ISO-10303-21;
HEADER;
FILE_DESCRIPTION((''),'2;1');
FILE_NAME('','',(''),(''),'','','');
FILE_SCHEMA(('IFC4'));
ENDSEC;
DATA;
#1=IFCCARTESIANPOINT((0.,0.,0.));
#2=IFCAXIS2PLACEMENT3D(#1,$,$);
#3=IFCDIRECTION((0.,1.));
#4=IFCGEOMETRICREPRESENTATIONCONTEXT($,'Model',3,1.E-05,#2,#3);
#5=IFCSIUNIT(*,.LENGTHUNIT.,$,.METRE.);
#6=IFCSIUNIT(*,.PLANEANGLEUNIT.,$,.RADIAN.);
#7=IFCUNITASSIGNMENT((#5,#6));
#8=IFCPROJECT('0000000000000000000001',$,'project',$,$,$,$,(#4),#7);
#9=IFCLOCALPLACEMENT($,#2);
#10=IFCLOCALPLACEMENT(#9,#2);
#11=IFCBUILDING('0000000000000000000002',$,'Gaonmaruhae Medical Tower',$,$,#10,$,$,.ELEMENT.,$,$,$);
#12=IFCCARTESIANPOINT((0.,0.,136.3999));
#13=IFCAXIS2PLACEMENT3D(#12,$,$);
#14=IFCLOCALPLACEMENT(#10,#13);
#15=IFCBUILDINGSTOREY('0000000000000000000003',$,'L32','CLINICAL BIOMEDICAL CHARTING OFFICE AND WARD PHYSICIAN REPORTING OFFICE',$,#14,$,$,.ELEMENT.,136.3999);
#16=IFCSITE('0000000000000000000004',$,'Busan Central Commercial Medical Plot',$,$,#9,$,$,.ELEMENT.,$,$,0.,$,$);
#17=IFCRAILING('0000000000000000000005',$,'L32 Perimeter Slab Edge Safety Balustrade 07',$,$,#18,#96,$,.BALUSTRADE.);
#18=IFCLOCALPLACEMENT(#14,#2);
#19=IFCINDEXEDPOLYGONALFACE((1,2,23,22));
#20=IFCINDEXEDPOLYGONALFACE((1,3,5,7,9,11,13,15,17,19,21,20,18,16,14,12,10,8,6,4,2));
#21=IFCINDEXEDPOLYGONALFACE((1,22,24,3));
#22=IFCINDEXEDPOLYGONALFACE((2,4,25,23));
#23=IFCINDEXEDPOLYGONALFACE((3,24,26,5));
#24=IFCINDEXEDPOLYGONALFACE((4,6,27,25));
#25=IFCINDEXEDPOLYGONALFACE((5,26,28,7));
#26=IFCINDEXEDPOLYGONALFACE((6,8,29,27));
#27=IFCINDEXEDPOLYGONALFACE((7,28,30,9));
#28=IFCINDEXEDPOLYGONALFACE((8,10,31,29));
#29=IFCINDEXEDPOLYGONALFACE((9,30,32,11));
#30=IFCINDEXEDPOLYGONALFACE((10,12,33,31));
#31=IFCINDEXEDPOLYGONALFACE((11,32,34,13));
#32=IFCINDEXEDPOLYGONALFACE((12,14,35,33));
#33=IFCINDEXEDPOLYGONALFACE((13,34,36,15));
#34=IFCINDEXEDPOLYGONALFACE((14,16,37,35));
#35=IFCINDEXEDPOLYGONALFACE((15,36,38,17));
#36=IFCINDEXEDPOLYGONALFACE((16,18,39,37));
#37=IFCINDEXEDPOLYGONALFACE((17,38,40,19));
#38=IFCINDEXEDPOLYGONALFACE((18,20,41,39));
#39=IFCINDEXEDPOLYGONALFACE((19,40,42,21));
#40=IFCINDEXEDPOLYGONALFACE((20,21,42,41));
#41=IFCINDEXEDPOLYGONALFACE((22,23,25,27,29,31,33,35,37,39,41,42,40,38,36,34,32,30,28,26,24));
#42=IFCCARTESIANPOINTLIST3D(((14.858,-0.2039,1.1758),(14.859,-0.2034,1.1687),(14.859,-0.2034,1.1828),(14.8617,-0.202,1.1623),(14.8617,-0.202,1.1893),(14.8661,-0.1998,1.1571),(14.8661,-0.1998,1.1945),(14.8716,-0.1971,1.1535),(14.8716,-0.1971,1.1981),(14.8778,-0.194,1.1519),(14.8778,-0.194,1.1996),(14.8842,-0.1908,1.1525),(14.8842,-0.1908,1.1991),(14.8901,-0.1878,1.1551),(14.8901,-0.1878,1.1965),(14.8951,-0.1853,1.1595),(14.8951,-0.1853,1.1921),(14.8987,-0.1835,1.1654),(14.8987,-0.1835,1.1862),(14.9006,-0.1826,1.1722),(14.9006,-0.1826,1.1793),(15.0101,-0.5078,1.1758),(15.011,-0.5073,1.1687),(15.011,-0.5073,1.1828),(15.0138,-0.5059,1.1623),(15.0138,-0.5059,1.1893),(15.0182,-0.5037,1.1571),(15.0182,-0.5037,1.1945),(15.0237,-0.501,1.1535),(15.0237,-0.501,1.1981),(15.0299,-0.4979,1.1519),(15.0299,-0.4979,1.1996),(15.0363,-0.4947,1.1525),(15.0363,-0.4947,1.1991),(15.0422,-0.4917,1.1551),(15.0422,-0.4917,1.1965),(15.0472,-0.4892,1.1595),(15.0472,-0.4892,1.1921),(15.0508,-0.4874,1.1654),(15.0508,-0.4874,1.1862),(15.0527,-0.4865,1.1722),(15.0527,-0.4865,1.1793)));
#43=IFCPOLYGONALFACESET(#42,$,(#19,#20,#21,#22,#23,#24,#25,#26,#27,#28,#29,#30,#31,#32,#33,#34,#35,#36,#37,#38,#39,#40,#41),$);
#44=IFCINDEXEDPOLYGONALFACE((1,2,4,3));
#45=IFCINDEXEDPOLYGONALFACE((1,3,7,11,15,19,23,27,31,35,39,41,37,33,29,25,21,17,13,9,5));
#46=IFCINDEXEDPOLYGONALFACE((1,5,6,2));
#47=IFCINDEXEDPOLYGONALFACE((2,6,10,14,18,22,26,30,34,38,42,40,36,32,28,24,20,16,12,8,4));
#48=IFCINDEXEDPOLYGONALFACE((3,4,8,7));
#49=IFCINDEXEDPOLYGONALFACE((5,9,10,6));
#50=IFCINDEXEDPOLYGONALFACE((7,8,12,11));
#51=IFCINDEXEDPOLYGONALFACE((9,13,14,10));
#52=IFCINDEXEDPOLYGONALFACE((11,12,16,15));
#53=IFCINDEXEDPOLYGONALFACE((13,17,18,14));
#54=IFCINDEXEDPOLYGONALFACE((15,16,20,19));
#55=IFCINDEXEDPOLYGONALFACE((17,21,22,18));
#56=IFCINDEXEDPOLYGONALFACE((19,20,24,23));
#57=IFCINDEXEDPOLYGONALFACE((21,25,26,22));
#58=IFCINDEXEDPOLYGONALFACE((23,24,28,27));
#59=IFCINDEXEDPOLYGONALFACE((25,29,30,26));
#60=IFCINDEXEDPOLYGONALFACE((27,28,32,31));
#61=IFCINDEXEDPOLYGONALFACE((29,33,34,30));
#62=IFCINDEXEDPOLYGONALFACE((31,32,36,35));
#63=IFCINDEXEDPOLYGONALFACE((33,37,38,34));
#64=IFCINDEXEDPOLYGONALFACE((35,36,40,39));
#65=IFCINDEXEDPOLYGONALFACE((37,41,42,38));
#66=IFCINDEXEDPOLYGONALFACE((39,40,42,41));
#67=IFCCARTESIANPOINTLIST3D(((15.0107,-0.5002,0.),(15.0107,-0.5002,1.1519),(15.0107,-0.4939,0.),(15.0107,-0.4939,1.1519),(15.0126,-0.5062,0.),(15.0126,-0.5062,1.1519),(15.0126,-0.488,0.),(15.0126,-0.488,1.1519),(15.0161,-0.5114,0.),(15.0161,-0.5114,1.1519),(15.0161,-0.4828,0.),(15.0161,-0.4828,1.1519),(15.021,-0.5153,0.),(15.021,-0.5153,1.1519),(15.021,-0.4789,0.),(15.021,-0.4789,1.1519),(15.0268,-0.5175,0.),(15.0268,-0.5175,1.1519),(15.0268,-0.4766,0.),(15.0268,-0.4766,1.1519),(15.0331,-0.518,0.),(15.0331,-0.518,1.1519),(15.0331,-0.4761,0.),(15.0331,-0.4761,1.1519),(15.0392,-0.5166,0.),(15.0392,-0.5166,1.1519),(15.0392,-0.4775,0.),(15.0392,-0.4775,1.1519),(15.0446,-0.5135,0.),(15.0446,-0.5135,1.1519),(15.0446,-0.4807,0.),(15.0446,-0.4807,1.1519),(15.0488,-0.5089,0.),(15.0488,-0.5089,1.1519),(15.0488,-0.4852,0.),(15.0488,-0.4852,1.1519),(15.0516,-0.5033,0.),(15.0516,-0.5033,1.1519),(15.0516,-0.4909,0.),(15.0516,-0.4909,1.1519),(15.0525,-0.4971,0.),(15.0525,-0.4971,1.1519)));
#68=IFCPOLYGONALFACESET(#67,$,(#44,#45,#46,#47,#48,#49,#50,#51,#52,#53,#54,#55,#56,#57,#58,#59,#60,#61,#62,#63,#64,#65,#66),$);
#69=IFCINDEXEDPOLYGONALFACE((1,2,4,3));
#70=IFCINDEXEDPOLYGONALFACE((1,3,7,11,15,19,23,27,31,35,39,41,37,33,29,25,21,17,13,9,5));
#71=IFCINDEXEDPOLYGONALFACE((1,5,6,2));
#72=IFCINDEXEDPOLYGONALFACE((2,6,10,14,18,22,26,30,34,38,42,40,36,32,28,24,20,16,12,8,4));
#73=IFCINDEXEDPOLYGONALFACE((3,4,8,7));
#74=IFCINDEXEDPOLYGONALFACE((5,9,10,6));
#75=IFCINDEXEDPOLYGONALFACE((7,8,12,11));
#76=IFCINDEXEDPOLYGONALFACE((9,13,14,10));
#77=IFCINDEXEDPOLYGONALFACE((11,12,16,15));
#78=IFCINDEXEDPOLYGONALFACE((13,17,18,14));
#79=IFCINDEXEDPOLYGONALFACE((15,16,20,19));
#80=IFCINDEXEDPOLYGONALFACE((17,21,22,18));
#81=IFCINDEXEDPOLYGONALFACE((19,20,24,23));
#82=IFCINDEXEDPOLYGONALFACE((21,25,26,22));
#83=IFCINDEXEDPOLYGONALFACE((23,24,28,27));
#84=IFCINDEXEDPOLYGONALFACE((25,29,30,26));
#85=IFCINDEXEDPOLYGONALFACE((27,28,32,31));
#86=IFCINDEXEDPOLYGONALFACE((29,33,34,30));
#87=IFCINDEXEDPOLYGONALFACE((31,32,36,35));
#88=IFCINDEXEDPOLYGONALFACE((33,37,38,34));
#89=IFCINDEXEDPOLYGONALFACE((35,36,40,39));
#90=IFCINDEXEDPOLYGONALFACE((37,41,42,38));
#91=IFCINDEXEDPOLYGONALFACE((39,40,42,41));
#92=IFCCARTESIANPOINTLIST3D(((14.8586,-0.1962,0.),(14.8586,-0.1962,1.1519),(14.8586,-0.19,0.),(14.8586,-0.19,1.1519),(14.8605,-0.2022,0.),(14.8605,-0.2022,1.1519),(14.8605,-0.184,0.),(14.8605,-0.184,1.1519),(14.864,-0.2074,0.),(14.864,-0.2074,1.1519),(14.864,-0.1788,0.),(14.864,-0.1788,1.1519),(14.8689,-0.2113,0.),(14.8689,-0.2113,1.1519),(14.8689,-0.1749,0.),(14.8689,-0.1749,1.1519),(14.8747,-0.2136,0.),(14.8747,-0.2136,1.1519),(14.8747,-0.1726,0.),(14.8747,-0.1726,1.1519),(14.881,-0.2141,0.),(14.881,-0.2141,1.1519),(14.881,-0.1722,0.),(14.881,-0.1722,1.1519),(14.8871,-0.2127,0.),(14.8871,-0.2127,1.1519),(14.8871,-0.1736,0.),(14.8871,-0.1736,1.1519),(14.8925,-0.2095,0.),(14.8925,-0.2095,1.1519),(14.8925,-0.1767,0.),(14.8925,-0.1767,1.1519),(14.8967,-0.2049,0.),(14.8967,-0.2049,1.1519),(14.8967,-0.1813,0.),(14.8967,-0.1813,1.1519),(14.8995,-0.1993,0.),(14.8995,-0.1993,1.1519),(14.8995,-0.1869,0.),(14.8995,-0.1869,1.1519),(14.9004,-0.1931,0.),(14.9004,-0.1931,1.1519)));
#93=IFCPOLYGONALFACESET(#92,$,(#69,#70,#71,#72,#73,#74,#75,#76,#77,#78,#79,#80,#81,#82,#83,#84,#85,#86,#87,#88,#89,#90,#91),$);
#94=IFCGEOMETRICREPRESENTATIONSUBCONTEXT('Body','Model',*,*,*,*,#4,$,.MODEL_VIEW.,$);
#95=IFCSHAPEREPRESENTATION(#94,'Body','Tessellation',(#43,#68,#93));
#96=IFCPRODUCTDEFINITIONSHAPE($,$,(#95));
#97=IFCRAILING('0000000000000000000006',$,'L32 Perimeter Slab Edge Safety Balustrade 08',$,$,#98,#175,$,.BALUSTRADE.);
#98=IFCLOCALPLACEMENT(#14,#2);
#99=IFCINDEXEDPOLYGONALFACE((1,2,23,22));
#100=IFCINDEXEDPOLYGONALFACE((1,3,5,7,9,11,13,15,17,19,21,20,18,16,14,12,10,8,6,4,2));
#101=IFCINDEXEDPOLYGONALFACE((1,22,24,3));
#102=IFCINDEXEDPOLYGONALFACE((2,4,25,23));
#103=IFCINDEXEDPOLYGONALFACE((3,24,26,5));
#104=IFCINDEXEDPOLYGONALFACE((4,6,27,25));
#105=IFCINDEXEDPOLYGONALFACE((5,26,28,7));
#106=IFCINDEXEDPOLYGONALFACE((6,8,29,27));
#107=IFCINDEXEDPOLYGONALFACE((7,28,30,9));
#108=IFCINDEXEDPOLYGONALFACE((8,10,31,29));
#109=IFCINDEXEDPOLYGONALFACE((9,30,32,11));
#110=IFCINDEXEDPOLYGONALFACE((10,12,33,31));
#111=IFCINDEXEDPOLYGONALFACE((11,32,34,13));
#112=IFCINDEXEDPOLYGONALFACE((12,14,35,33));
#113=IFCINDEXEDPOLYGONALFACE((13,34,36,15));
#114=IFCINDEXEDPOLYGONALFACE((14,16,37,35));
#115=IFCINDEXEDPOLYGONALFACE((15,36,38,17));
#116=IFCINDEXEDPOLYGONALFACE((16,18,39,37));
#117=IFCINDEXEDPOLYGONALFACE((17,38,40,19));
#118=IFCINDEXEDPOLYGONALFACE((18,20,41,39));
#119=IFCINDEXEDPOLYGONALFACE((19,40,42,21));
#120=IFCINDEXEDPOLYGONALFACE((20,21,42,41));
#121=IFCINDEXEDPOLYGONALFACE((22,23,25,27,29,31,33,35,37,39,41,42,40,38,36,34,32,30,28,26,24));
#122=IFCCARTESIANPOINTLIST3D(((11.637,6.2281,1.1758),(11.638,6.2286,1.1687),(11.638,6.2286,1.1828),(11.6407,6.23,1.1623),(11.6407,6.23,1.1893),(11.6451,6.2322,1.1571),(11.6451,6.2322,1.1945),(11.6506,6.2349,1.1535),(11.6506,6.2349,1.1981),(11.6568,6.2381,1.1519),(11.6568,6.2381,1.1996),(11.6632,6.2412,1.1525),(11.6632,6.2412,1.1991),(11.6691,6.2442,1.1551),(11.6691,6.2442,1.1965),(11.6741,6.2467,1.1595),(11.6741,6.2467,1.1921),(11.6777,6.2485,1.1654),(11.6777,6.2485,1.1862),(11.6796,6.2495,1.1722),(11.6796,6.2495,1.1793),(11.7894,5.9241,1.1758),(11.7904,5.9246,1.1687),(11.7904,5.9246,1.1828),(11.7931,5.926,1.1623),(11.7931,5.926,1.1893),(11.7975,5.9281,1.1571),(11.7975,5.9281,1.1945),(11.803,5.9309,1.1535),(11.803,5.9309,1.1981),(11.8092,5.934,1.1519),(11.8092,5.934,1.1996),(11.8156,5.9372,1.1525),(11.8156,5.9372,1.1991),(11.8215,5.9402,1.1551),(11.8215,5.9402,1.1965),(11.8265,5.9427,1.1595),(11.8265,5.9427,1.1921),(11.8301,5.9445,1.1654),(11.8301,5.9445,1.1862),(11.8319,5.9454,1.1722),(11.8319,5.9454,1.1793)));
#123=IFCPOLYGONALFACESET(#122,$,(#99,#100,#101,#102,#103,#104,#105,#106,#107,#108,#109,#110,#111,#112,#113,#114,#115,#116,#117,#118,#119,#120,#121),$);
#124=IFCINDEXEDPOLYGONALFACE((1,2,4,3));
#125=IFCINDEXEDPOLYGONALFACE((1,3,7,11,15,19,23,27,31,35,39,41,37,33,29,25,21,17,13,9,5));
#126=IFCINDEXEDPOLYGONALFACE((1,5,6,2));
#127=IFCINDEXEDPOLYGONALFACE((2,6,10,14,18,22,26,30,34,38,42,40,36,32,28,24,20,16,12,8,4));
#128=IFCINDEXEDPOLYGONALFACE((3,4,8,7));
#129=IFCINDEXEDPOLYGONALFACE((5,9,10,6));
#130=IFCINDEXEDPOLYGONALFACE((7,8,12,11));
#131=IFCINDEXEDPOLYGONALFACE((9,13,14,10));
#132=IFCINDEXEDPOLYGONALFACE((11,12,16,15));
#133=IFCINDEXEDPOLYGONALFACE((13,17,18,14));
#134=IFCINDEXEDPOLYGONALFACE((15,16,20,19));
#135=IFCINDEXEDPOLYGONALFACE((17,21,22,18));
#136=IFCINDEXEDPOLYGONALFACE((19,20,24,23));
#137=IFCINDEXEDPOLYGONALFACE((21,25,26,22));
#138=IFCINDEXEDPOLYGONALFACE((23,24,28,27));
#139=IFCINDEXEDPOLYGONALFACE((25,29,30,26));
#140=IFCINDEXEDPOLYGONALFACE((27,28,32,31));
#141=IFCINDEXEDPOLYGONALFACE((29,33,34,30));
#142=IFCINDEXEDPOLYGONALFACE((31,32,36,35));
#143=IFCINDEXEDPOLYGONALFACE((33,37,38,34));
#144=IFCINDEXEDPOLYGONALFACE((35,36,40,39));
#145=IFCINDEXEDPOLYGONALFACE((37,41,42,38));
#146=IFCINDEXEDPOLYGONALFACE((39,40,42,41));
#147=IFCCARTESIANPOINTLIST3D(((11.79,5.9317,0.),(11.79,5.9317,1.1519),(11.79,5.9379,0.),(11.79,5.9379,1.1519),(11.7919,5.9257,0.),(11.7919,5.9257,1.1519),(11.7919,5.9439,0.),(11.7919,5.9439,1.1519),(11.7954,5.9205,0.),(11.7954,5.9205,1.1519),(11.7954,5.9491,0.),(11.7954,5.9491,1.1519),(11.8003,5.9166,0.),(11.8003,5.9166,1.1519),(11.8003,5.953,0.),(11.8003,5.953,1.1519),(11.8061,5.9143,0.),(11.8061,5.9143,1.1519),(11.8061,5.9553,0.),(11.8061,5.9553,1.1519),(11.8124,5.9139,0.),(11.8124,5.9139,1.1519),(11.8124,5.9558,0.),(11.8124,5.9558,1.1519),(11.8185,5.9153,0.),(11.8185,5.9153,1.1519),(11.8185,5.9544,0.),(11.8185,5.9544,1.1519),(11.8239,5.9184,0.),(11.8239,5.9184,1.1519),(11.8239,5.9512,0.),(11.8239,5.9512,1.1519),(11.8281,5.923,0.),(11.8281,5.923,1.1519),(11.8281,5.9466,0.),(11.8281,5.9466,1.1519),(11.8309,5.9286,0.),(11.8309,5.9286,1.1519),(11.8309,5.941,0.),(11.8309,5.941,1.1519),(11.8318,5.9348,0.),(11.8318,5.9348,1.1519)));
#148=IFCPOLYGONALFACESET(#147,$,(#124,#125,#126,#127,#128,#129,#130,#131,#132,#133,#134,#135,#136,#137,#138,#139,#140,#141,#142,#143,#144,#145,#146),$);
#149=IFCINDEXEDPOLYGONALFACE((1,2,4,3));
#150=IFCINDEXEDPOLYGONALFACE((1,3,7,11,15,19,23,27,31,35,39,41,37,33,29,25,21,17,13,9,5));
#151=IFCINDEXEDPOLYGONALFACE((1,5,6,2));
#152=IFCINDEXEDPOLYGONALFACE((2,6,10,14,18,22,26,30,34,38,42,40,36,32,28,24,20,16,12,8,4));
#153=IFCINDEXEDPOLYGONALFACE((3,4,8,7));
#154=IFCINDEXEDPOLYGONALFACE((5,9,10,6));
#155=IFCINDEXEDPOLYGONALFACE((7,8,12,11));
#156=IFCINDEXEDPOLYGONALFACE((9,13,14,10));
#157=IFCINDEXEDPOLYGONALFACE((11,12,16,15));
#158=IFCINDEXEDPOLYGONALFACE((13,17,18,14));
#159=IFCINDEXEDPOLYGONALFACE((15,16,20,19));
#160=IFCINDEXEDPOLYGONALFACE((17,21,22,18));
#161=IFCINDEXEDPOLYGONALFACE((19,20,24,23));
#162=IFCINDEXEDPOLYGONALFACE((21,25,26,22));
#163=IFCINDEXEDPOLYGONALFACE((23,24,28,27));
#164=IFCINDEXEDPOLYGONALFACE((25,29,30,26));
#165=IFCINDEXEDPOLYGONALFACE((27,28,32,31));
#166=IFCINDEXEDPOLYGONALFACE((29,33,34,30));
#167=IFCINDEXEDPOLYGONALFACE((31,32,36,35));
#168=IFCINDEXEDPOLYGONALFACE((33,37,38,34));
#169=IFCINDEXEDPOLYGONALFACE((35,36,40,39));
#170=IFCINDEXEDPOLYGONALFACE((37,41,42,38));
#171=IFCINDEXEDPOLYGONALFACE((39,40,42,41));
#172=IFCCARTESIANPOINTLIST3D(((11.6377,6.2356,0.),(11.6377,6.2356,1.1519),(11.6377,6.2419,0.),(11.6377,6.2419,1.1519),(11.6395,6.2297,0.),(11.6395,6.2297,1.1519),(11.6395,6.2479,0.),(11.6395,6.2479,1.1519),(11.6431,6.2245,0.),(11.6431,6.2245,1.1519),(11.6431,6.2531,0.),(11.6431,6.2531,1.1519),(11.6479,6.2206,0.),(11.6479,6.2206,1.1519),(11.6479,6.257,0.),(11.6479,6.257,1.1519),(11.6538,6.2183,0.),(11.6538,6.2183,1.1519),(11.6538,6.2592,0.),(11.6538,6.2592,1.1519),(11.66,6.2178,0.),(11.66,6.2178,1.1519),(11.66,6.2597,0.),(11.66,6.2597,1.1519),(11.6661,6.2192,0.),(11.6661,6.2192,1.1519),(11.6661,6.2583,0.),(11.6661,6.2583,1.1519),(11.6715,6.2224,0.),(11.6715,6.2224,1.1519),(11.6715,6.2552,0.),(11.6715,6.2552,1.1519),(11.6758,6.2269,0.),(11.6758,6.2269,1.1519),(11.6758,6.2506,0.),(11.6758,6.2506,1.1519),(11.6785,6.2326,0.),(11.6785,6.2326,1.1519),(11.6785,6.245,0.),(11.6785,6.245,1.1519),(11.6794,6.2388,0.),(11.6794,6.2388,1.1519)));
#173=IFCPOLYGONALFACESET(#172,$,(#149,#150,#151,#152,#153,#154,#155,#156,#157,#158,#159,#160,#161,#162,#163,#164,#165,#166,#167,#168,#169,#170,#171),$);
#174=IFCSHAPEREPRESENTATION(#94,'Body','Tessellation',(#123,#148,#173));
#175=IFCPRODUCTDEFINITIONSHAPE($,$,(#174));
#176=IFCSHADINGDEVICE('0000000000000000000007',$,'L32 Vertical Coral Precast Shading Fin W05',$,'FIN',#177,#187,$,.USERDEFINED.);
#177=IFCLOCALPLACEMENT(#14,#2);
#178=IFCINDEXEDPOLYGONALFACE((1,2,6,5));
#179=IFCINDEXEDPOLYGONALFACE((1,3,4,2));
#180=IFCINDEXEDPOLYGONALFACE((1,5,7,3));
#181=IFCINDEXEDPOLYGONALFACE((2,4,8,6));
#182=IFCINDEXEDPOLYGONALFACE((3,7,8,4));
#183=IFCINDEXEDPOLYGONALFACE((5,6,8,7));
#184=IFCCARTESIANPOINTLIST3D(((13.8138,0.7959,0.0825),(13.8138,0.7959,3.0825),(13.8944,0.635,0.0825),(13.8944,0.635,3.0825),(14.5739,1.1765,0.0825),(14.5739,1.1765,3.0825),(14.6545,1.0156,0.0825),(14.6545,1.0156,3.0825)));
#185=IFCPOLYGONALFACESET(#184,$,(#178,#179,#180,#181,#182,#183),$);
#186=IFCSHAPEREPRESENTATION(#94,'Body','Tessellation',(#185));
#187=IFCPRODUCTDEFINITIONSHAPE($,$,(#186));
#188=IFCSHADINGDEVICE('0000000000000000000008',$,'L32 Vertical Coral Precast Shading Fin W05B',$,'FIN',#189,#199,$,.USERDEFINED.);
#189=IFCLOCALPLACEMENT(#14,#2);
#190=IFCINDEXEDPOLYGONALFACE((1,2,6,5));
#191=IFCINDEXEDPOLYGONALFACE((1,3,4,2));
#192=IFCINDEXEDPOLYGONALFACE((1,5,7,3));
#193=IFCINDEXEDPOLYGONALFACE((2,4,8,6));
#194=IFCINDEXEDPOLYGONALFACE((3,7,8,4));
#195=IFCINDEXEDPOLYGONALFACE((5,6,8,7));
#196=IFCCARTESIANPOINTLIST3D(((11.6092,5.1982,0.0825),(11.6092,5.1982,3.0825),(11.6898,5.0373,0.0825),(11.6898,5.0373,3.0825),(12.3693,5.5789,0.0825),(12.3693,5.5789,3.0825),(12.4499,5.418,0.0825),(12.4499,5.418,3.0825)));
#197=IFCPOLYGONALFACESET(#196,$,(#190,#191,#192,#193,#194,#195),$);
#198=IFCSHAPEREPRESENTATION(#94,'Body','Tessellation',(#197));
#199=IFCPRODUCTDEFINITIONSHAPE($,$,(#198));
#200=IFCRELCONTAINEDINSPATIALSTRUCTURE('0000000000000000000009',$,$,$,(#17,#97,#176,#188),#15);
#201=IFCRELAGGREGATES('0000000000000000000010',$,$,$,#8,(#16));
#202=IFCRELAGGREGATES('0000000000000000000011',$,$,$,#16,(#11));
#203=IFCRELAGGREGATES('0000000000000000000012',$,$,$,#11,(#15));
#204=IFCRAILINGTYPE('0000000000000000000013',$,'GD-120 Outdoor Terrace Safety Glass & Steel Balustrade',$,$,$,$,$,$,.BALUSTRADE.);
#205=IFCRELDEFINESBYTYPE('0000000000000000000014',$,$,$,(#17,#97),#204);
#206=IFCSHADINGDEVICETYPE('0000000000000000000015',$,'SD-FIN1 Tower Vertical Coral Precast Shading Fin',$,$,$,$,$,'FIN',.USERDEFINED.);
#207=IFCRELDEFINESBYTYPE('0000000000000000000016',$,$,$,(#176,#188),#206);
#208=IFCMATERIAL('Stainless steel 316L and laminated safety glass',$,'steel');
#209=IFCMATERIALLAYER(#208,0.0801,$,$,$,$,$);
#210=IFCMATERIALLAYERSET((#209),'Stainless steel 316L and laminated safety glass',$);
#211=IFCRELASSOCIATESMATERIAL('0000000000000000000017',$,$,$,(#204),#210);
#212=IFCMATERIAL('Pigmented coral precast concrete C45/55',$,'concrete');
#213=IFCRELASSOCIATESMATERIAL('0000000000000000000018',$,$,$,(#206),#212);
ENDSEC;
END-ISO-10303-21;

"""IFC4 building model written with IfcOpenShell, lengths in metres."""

from ifc_helpers import new_model, si_unit, direction, frame, origin, origin_2d, place, context, subcontext, project, spatial, rectangle, circle, extrude, material, layer, layer_set, type_object, element, save


model = new_model("IFC4")

# Units and contexts
model_context = context("Model", 3, precision=1e-05, world=origin(), true_north=direction((0.0, 1.0)))
body_context = subcontext(model_context, "Body", "Model", "MODEL_VIEW")
ifc_project = project(units=[si_unit("LENGTHUNIT", "METRE"), si_unit("PLANEANGLEUNIT", "RADIAN")], contexts=[model_context])

# Site, building, storey
site_placement = place(None, origin())
site = spatial("IfcSite", under=ifc_project, at=site_placement, Name="Busan Central Commercial Medical Plot", CompositionType="ELEMENT", RefElevation=0.0)
building_placement = place(site_placement, origin())
building = spatial("IfcBuilding", under=site, at=building_placement, Name="Gaonmaruhae Medical Tower", CompositionType="ELEMENT")
storey_placement = place(building_placement, frame((0.0, 0.0, 136.3999)))
storey = spatial("IfcBuildingStorey", under=building, at=storey_placement, Name="L32", Description="CLINICAL BIOMEDICAL CHARTING OFFICE AND WARD PHYSICIAN REPORTING OFFICE", CompositionType="ELEMENT", Elevation=136.3999)

# Railings
ifc_material_1 = material(Name="Stainless steel 316L and laminated safety glass", Category="steel")
ifc_layer_1 = layer(ifc_material_1, 0.0801)
ifc_layer_set_1 = layer_set([ifc_layer_1], Name="Stainless steel 316L and laminated safety glass")
railing_type = type_object("IfcRailingType", Name="GD-120 Outdoor Terrace Safety Glass & Steel Balustrade", PredefinedType="BALUSTRADE", material=ifc_layer_set_1)
railing_1_placement = place(storey_placement, frame((15.0315, -0.4971, 0.0)))
element("IfcRailing", 1, at=railing_1_placement, inside=storey, type_object=railing_type, Name="L32 Perimeter Slab Edge Safety Balustrade 07", PredefinedType="BALUSTRADE", context=body_context, shape_type="SweptSolid", body=[
    extrude(circle(Radius=0.0239, at=origin_2d()), frame((0.0, 0.0, 1.1758), z_axis=(-0.447501, 0.894283, 0.0), x_axis=(-0.894283, -0.447501, 0.0)), (0.0, 0.0, 1.0), 0.3398),
    extrude(circle(Radius=0.021, at=origin_2d()), origin(), (0.0, 0.0, 1.0), 1.1519),
    extrude(circle(Radius=0.021, at=origin_2d()), frame((-0.1521, 0.304, 0.0)), (0.0, 0.0, 1.0), 1.1519),
])
railing_2_placement = place(storey_placement, frame((11.8108, 5.9348, 0.0)))
element("IfcRailing", 2, at=railing_2_placement, inside=storey, type_object=railing_type, Name="L32 Perimeter Slab Edge Safety Balustrade 08", PredefinedType="BALUSTRADE", context=body_context, shape_type="SweptSolid", body=[
    extrude(circle(Radius=0.0239, at=origin_2d()), frame((0.0, 0.0, 1.1758), z_axis=(-0.448075, 0.893996, 0.0), x_axis=(-0.893996, -0.448075, 0.0)), (0.0, 0.0, 1.0), 0.3401),
    extrude(circle(Radius=0.021, at=origin_2d()), origin(), (0.0, 0.0, 1.0), 1.1519),
    extrude(circle(Radius=0.021, at=origin_2d()), frame((-0.1523, 0.304, 0.0)), (0.0, 0.0, 1.0), 1.1519),
])

# Shading devices
ifc_material_2 = material(Name="Pigmented coral precast concrete C45/55", Category="concrete")
shading_device_type = type_object("IfcShadingDeviceType", Name="SD-FIN1 Tower Vertical Coral Precast Shading Fin", ElementType="FIN", PredefinedType="USERDEFINED", material=ifc_material_2)
for number, where, z_axis, x_axis, name in (
    (3, (14.2341, 0.9058, 0.0825), (0.0, 0.0, 1.0), (-0.447759, 0.894154, 0.0), "L32 Vertical Coral Precast Shading Fin W05"),
    (4, (12.0295, 5.3081, 0.0825), (0.0, 0.0, 1.0), (-0.447759, 0.894154, 0.0), "L32 Vertical Coral Precast Shading Fin W05B"),
):
    element("IfcShadingDevice", number, at=place(storey_placement, frame(where, z_axis=z_axis, x_axis=x_axis)), inside=storey, type_object=shading_device_type, Name=name, ObjectType="FIN", PredefinedType="USERDEFINED", context=body_context, shape_type="SweptSolid", body=[
        extrude(rectangle(XDim=0.1799, YDim=0.8501, at=origin_2d()), origin(), (0.0, 0.0, 1.0), 3.0),
    ])

save(model, "model.ifc")
